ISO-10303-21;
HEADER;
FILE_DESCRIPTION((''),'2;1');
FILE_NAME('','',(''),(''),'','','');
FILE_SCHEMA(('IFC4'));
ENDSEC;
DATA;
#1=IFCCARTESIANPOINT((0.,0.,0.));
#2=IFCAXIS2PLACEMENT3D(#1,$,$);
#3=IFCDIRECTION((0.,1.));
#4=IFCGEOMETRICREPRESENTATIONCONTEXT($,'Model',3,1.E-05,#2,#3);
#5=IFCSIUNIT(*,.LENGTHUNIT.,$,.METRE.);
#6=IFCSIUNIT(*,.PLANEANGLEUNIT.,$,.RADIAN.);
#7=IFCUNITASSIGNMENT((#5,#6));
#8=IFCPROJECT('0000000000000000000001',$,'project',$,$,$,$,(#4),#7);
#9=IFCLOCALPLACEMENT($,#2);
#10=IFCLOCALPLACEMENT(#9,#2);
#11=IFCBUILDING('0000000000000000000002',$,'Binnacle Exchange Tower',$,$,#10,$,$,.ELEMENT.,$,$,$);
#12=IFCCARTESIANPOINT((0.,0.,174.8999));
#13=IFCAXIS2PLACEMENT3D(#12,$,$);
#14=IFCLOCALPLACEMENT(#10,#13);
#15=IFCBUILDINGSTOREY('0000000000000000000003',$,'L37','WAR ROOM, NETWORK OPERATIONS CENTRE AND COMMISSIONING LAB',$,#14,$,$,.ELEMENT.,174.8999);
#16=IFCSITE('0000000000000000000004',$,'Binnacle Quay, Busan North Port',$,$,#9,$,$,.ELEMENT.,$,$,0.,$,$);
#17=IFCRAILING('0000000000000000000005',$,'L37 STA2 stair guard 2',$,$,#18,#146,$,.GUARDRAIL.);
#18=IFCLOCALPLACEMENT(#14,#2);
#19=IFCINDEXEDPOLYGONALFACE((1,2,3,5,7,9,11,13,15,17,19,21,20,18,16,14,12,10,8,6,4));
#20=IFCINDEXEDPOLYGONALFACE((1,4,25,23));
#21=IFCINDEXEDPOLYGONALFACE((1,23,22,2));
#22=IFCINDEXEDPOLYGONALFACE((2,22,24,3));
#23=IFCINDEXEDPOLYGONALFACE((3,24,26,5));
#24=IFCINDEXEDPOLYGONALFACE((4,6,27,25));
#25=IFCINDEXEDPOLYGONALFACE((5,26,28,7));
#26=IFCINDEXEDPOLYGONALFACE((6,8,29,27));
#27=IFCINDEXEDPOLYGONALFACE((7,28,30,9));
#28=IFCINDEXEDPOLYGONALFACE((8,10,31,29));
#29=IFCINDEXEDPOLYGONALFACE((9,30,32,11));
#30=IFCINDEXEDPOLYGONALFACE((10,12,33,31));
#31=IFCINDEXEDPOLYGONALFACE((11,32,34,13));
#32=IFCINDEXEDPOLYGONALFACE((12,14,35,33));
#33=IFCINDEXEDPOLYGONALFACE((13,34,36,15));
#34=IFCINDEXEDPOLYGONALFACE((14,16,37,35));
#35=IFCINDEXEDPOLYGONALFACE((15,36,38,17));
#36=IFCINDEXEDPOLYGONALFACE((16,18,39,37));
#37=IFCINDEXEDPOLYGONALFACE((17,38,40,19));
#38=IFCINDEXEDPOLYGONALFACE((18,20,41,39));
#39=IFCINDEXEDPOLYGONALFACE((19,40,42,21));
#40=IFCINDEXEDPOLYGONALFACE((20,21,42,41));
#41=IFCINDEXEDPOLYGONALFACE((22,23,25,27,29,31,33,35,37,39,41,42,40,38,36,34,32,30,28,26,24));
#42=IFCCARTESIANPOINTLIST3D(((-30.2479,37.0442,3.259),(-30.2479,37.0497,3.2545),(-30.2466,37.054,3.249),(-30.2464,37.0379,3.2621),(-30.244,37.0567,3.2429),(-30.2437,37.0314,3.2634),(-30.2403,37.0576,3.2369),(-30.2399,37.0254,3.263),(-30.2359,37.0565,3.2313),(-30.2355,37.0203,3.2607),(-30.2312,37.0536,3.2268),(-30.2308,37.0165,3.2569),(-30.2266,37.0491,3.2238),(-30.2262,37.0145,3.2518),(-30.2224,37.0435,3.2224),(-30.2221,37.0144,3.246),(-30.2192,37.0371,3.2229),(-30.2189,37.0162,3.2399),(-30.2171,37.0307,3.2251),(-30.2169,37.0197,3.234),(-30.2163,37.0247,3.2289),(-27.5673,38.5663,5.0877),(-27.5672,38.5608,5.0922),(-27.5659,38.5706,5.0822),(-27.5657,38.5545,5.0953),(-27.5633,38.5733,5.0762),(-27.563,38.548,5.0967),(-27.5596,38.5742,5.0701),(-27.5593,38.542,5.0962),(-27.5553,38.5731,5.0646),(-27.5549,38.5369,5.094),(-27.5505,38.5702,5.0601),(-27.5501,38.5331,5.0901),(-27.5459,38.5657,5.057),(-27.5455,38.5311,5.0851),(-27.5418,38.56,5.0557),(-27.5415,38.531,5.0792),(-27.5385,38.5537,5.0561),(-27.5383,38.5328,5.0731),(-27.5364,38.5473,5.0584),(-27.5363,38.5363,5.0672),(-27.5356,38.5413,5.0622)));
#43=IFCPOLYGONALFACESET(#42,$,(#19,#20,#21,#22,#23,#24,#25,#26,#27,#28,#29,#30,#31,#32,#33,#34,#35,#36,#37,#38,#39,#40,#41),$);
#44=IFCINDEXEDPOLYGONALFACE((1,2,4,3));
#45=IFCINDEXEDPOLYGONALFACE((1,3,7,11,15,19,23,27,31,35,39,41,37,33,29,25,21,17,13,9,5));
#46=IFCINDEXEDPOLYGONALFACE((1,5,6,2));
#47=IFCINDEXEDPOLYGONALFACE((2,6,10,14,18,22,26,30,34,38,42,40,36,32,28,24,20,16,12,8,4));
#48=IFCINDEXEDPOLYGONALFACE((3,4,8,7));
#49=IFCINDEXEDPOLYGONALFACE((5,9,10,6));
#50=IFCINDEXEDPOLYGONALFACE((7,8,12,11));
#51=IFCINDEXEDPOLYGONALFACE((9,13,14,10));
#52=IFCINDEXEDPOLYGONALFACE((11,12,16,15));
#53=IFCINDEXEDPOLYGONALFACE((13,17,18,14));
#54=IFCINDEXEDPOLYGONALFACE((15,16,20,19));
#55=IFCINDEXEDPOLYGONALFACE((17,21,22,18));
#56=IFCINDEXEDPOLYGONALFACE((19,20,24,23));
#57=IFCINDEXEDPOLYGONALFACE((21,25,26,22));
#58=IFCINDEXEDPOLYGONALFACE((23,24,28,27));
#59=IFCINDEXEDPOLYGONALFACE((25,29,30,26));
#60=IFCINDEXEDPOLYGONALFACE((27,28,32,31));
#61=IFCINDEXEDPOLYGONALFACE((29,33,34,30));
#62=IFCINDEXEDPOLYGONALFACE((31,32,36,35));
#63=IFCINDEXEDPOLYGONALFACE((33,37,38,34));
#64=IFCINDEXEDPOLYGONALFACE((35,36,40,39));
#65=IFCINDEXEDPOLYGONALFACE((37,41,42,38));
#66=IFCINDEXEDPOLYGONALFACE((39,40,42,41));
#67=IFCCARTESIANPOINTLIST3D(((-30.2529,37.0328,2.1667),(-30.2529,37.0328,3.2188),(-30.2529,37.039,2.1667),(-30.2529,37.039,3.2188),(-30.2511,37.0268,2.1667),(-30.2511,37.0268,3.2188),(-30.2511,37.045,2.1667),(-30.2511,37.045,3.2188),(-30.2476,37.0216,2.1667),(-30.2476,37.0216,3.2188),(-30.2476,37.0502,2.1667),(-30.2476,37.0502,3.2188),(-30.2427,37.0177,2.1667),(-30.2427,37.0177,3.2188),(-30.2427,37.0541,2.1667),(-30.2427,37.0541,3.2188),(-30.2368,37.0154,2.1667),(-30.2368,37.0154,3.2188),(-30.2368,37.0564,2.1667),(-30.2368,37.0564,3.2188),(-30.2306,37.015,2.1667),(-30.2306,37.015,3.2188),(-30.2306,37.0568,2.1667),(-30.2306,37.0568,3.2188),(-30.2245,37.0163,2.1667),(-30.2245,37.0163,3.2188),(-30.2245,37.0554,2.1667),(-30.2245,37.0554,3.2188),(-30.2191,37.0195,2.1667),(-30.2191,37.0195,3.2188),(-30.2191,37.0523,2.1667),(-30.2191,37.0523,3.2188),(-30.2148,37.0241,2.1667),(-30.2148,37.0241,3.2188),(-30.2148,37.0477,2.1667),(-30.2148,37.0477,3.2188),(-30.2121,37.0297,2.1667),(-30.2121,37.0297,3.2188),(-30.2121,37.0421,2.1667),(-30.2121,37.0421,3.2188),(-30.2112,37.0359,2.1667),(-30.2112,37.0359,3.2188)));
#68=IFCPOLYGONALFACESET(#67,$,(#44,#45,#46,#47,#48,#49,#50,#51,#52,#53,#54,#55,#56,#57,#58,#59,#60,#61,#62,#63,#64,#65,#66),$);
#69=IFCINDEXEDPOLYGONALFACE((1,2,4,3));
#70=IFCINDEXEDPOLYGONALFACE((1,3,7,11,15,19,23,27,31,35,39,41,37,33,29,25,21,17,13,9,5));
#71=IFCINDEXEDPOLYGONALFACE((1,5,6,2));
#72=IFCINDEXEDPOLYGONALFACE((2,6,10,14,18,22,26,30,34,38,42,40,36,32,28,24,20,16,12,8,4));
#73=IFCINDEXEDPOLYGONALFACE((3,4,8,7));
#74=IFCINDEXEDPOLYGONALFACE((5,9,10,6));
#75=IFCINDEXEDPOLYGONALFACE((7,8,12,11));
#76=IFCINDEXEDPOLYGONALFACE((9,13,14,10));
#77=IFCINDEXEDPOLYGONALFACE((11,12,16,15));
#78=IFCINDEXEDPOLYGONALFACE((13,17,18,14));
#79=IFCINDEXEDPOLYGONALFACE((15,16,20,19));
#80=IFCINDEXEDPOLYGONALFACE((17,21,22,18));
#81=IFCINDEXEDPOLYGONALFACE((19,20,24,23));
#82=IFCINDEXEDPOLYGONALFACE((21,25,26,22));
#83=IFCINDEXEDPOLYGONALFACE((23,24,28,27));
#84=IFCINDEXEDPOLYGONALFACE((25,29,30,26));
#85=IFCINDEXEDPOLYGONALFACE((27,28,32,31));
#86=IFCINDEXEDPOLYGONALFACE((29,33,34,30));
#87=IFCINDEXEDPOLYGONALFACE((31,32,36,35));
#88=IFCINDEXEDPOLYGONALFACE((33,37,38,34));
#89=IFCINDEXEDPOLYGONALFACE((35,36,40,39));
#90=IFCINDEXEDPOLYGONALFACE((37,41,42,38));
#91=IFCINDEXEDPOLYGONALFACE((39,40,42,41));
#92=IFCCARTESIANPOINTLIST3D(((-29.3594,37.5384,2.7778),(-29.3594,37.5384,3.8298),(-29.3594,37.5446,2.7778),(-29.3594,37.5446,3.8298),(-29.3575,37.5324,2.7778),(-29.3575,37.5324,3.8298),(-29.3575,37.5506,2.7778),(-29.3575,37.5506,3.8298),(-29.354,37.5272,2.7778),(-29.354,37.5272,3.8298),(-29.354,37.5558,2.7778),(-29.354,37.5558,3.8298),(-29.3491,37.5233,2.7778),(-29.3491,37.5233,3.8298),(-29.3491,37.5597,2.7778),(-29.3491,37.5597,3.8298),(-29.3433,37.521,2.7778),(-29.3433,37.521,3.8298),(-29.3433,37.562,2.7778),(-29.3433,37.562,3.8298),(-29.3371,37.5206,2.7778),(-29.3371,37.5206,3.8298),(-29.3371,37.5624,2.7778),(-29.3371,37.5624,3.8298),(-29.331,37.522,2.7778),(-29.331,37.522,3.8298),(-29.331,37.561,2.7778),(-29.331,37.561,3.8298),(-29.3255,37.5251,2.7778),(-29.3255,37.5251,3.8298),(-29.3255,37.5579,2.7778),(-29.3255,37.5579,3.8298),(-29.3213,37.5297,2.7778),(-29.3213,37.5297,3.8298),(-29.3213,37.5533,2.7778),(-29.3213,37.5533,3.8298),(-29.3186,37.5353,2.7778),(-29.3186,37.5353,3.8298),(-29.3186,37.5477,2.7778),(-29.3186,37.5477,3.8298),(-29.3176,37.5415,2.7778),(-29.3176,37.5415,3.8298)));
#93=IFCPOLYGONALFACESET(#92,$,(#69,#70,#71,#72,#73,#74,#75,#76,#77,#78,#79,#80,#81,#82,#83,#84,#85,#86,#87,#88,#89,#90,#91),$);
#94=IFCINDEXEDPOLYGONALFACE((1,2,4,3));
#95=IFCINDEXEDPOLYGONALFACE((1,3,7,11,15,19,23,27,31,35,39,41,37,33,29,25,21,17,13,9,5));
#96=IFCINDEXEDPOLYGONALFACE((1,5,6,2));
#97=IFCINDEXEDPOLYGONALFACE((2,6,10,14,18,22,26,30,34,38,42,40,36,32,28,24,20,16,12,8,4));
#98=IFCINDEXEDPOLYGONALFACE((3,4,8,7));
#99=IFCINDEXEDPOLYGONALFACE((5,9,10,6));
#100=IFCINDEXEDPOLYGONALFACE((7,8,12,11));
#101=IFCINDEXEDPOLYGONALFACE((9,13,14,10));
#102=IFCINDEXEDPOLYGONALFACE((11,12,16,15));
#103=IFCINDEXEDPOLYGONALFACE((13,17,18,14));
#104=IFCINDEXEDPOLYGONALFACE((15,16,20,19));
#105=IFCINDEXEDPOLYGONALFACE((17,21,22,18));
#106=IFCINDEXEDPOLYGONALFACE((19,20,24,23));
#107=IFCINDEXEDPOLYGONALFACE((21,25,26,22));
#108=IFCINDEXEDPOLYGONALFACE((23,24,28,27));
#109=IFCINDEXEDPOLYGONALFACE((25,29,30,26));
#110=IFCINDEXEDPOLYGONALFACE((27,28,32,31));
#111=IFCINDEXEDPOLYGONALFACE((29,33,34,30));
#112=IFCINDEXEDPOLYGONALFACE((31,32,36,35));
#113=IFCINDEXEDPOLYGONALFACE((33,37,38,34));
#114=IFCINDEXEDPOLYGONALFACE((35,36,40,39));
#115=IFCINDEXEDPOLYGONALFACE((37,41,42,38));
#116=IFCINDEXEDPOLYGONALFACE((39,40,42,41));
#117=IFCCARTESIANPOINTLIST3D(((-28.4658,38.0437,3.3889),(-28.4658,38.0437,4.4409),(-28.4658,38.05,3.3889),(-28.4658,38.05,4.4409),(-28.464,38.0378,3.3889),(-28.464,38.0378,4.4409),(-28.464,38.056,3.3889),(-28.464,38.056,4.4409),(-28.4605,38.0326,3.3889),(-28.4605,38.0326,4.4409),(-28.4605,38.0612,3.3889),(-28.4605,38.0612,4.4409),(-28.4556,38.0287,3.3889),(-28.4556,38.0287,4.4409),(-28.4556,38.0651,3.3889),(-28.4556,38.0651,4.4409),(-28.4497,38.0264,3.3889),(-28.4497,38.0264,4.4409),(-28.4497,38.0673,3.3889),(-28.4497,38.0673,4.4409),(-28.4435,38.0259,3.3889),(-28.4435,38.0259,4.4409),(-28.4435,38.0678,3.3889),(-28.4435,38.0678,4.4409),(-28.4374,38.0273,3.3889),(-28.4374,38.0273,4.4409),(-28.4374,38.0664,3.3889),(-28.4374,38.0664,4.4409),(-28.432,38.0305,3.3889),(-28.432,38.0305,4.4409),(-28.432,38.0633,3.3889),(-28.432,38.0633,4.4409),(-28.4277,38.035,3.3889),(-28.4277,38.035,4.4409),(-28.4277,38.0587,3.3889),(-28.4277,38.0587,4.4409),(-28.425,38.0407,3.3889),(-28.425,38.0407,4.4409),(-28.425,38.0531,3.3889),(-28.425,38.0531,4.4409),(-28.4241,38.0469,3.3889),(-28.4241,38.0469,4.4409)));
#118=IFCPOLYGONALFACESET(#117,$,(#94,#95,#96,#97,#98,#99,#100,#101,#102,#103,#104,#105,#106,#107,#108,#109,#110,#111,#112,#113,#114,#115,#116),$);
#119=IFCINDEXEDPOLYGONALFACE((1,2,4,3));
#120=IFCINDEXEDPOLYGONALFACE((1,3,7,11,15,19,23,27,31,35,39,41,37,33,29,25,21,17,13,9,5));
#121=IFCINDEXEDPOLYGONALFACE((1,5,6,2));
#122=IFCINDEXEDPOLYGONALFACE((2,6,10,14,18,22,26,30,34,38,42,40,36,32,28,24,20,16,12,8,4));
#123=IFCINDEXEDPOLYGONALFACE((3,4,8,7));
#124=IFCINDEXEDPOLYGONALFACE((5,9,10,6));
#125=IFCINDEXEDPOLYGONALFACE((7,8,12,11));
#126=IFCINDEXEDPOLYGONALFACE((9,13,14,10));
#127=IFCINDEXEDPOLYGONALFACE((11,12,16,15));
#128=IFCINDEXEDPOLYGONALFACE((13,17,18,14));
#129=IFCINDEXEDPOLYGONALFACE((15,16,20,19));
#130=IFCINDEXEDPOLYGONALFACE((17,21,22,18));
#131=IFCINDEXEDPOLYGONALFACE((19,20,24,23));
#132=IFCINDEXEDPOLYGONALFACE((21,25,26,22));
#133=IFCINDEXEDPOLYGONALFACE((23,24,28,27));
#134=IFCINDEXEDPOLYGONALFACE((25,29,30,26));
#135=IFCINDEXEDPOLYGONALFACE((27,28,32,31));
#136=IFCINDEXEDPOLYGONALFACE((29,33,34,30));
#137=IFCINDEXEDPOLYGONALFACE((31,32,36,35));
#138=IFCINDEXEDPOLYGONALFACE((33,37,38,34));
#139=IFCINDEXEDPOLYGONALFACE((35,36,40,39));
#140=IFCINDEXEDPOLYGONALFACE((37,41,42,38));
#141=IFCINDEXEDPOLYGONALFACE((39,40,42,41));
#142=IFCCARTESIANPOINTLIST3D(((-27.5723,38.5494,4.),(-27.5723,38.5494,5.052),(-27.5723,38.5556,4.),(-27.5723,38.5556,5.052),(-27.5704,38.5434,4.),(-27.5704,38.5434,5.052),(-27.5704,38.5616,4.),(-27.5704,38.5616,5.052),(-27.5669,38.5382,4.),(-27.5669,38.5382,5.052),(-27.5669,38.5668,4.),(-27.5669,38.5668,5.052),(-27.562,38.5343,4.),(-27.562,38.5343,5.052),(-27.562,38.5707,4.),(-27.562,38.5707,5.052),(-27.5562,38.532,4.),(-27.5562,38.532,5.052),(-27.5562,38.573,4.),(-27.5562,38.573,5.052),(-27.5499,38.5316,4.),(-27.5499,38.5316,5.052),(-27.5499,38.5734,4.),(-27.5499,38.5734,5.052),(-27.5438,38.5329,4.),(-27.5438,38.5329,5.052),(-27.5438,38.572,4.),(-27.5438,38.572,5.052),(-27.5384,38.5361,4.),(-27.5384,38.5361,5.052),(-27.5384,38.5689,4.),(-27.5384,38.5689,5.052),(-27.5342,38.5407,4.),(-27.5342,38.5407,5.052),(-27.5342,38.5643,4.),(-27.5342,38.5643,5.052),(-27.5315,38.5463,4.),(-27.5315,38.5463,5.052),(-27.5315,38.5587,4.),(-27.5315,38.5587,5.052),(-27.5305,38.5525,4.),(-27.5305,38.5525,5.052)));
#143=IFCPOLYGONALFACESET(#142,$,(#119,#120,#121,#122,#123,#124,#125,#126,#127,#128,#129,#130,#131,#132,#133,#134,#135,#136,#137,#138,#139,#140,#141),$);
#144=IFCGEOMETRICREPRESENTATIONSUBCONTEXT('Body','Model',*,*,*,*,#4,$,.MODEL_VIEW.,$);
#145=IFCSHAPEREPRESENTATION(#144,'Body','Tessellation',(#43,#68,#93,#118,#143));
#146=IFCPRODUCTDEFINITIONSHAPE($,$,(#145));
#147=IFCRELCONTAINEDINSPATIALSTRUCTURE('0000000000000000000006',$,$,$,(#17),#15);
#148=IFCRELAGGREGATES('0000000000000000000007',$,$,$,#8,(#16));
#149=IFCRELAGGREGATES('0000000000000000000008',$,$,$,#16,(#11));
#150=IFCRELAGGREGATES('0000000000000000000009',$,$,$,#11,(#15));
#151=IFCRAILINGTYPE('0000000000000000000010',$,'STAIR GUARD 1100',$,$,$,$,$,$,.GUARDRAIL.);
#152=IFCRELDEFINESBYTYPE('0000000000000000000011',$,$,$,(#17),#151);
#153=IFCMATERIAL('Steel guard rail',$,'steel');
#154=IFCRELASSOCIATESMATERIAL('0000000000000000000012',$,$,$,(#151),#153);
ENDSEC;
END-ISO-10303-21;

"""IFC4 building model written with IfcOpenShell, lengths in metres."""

from ifc_helpers import new_model, si_unit, direction, frame, origin, origin_2d, place, context, subcontext, project, spatial, circle, extrude, material, type_object, element, save


model = new_model("IFC4")

# Units and contexts
model_context = context("Model", 3, precision=1e-05, world=origin(), true_north=direction((0.0, 1.0)))
body_context = subcontext(model_context, "Body", "Model", "MODEL_VIEW")
ifc_project = project(units=[si_unit("LENGTHUNIT", "METRE"), si_unit("PLANEANGLEUNIT", "RADIAN")], contexts=[model_context])

# Site, building, storey
site_placement = place(None, origin())
site = spatial("IfcSite", under=ifc_project, at=site_placement, Name="Binnacle Quay, Busan North Port", CompositionType="ELEMENT", RefElevation=0.0)
building_placement = place(site_placement, origin())
building = spatial("IfcBuilding", under=site, at=building_placement, Name="Binnacle Exchange Tower", CompositionType="ELEMENT")
storey_placement = place(building_placement, frame((0.0, 0.0, 174.8999)))
storey = spatial("IfcBuildingStorey", under=building, at=storey_placement, Name="L37", Description="WAR ROOM, NETWORK OPERATIONS CENTRE AND COMMISSIONING LAB", CompositionType="ELEMENT", Elevation=174.8999)

# Railing
ifc_material_1 = material(Name="Steel guard rail", Category="steel")
railing_type_1 = type_object("IfcRailingType", Name="STAIR GUARD 1100", PredefinedType="GUARDRAIL", material=ifc_material_1)
railing_1_placement = place(storey_placement, frame((-30.2322, 37.0359, 2.1667)))
element("IfcRailing", 1, at=railing_1_placement, inside=storey, type_object=railing_type_1, Name="L37 STA2 stair guard 2", PredefinedType="GUARDRAIL", context=body_context, shape_type="SweptSolid", body=[
    extrude(circle(Radius=0.0239, at=origin_2d()), frame((0.0, 0.0, 1.0762), z_axis=(0.747901, 0.423129, 0.511474), x_axis=(-0.492412, 0.870362, 0.0)), (0.0, 0.0, 1.0), 3.5842),
    extrude(circle(Radius=0.021, at=origin_2d()), origin(), (0.0, 0.0, 1.0), 1.052),
    extrude(circle(Radius=0.021, at=origin_2d()), frame((0.8936, 0.5056, 0.6111)), (0.0, 0.0, 1.0), 1.052),
    extrude(circle(Radius=0.021, at=origin_2d()), frame((1.7871, 1.011, 1.2222)), (0.0, 0.0, 1.0), 1.052),
    extrude(circle(Radius=0.021, at=origin_2d()), frame((2.6807, 1.5166, 1.8333)), (0.0, 0.0, 1.0), 1.052),
])

save(model, "model.ifc")
